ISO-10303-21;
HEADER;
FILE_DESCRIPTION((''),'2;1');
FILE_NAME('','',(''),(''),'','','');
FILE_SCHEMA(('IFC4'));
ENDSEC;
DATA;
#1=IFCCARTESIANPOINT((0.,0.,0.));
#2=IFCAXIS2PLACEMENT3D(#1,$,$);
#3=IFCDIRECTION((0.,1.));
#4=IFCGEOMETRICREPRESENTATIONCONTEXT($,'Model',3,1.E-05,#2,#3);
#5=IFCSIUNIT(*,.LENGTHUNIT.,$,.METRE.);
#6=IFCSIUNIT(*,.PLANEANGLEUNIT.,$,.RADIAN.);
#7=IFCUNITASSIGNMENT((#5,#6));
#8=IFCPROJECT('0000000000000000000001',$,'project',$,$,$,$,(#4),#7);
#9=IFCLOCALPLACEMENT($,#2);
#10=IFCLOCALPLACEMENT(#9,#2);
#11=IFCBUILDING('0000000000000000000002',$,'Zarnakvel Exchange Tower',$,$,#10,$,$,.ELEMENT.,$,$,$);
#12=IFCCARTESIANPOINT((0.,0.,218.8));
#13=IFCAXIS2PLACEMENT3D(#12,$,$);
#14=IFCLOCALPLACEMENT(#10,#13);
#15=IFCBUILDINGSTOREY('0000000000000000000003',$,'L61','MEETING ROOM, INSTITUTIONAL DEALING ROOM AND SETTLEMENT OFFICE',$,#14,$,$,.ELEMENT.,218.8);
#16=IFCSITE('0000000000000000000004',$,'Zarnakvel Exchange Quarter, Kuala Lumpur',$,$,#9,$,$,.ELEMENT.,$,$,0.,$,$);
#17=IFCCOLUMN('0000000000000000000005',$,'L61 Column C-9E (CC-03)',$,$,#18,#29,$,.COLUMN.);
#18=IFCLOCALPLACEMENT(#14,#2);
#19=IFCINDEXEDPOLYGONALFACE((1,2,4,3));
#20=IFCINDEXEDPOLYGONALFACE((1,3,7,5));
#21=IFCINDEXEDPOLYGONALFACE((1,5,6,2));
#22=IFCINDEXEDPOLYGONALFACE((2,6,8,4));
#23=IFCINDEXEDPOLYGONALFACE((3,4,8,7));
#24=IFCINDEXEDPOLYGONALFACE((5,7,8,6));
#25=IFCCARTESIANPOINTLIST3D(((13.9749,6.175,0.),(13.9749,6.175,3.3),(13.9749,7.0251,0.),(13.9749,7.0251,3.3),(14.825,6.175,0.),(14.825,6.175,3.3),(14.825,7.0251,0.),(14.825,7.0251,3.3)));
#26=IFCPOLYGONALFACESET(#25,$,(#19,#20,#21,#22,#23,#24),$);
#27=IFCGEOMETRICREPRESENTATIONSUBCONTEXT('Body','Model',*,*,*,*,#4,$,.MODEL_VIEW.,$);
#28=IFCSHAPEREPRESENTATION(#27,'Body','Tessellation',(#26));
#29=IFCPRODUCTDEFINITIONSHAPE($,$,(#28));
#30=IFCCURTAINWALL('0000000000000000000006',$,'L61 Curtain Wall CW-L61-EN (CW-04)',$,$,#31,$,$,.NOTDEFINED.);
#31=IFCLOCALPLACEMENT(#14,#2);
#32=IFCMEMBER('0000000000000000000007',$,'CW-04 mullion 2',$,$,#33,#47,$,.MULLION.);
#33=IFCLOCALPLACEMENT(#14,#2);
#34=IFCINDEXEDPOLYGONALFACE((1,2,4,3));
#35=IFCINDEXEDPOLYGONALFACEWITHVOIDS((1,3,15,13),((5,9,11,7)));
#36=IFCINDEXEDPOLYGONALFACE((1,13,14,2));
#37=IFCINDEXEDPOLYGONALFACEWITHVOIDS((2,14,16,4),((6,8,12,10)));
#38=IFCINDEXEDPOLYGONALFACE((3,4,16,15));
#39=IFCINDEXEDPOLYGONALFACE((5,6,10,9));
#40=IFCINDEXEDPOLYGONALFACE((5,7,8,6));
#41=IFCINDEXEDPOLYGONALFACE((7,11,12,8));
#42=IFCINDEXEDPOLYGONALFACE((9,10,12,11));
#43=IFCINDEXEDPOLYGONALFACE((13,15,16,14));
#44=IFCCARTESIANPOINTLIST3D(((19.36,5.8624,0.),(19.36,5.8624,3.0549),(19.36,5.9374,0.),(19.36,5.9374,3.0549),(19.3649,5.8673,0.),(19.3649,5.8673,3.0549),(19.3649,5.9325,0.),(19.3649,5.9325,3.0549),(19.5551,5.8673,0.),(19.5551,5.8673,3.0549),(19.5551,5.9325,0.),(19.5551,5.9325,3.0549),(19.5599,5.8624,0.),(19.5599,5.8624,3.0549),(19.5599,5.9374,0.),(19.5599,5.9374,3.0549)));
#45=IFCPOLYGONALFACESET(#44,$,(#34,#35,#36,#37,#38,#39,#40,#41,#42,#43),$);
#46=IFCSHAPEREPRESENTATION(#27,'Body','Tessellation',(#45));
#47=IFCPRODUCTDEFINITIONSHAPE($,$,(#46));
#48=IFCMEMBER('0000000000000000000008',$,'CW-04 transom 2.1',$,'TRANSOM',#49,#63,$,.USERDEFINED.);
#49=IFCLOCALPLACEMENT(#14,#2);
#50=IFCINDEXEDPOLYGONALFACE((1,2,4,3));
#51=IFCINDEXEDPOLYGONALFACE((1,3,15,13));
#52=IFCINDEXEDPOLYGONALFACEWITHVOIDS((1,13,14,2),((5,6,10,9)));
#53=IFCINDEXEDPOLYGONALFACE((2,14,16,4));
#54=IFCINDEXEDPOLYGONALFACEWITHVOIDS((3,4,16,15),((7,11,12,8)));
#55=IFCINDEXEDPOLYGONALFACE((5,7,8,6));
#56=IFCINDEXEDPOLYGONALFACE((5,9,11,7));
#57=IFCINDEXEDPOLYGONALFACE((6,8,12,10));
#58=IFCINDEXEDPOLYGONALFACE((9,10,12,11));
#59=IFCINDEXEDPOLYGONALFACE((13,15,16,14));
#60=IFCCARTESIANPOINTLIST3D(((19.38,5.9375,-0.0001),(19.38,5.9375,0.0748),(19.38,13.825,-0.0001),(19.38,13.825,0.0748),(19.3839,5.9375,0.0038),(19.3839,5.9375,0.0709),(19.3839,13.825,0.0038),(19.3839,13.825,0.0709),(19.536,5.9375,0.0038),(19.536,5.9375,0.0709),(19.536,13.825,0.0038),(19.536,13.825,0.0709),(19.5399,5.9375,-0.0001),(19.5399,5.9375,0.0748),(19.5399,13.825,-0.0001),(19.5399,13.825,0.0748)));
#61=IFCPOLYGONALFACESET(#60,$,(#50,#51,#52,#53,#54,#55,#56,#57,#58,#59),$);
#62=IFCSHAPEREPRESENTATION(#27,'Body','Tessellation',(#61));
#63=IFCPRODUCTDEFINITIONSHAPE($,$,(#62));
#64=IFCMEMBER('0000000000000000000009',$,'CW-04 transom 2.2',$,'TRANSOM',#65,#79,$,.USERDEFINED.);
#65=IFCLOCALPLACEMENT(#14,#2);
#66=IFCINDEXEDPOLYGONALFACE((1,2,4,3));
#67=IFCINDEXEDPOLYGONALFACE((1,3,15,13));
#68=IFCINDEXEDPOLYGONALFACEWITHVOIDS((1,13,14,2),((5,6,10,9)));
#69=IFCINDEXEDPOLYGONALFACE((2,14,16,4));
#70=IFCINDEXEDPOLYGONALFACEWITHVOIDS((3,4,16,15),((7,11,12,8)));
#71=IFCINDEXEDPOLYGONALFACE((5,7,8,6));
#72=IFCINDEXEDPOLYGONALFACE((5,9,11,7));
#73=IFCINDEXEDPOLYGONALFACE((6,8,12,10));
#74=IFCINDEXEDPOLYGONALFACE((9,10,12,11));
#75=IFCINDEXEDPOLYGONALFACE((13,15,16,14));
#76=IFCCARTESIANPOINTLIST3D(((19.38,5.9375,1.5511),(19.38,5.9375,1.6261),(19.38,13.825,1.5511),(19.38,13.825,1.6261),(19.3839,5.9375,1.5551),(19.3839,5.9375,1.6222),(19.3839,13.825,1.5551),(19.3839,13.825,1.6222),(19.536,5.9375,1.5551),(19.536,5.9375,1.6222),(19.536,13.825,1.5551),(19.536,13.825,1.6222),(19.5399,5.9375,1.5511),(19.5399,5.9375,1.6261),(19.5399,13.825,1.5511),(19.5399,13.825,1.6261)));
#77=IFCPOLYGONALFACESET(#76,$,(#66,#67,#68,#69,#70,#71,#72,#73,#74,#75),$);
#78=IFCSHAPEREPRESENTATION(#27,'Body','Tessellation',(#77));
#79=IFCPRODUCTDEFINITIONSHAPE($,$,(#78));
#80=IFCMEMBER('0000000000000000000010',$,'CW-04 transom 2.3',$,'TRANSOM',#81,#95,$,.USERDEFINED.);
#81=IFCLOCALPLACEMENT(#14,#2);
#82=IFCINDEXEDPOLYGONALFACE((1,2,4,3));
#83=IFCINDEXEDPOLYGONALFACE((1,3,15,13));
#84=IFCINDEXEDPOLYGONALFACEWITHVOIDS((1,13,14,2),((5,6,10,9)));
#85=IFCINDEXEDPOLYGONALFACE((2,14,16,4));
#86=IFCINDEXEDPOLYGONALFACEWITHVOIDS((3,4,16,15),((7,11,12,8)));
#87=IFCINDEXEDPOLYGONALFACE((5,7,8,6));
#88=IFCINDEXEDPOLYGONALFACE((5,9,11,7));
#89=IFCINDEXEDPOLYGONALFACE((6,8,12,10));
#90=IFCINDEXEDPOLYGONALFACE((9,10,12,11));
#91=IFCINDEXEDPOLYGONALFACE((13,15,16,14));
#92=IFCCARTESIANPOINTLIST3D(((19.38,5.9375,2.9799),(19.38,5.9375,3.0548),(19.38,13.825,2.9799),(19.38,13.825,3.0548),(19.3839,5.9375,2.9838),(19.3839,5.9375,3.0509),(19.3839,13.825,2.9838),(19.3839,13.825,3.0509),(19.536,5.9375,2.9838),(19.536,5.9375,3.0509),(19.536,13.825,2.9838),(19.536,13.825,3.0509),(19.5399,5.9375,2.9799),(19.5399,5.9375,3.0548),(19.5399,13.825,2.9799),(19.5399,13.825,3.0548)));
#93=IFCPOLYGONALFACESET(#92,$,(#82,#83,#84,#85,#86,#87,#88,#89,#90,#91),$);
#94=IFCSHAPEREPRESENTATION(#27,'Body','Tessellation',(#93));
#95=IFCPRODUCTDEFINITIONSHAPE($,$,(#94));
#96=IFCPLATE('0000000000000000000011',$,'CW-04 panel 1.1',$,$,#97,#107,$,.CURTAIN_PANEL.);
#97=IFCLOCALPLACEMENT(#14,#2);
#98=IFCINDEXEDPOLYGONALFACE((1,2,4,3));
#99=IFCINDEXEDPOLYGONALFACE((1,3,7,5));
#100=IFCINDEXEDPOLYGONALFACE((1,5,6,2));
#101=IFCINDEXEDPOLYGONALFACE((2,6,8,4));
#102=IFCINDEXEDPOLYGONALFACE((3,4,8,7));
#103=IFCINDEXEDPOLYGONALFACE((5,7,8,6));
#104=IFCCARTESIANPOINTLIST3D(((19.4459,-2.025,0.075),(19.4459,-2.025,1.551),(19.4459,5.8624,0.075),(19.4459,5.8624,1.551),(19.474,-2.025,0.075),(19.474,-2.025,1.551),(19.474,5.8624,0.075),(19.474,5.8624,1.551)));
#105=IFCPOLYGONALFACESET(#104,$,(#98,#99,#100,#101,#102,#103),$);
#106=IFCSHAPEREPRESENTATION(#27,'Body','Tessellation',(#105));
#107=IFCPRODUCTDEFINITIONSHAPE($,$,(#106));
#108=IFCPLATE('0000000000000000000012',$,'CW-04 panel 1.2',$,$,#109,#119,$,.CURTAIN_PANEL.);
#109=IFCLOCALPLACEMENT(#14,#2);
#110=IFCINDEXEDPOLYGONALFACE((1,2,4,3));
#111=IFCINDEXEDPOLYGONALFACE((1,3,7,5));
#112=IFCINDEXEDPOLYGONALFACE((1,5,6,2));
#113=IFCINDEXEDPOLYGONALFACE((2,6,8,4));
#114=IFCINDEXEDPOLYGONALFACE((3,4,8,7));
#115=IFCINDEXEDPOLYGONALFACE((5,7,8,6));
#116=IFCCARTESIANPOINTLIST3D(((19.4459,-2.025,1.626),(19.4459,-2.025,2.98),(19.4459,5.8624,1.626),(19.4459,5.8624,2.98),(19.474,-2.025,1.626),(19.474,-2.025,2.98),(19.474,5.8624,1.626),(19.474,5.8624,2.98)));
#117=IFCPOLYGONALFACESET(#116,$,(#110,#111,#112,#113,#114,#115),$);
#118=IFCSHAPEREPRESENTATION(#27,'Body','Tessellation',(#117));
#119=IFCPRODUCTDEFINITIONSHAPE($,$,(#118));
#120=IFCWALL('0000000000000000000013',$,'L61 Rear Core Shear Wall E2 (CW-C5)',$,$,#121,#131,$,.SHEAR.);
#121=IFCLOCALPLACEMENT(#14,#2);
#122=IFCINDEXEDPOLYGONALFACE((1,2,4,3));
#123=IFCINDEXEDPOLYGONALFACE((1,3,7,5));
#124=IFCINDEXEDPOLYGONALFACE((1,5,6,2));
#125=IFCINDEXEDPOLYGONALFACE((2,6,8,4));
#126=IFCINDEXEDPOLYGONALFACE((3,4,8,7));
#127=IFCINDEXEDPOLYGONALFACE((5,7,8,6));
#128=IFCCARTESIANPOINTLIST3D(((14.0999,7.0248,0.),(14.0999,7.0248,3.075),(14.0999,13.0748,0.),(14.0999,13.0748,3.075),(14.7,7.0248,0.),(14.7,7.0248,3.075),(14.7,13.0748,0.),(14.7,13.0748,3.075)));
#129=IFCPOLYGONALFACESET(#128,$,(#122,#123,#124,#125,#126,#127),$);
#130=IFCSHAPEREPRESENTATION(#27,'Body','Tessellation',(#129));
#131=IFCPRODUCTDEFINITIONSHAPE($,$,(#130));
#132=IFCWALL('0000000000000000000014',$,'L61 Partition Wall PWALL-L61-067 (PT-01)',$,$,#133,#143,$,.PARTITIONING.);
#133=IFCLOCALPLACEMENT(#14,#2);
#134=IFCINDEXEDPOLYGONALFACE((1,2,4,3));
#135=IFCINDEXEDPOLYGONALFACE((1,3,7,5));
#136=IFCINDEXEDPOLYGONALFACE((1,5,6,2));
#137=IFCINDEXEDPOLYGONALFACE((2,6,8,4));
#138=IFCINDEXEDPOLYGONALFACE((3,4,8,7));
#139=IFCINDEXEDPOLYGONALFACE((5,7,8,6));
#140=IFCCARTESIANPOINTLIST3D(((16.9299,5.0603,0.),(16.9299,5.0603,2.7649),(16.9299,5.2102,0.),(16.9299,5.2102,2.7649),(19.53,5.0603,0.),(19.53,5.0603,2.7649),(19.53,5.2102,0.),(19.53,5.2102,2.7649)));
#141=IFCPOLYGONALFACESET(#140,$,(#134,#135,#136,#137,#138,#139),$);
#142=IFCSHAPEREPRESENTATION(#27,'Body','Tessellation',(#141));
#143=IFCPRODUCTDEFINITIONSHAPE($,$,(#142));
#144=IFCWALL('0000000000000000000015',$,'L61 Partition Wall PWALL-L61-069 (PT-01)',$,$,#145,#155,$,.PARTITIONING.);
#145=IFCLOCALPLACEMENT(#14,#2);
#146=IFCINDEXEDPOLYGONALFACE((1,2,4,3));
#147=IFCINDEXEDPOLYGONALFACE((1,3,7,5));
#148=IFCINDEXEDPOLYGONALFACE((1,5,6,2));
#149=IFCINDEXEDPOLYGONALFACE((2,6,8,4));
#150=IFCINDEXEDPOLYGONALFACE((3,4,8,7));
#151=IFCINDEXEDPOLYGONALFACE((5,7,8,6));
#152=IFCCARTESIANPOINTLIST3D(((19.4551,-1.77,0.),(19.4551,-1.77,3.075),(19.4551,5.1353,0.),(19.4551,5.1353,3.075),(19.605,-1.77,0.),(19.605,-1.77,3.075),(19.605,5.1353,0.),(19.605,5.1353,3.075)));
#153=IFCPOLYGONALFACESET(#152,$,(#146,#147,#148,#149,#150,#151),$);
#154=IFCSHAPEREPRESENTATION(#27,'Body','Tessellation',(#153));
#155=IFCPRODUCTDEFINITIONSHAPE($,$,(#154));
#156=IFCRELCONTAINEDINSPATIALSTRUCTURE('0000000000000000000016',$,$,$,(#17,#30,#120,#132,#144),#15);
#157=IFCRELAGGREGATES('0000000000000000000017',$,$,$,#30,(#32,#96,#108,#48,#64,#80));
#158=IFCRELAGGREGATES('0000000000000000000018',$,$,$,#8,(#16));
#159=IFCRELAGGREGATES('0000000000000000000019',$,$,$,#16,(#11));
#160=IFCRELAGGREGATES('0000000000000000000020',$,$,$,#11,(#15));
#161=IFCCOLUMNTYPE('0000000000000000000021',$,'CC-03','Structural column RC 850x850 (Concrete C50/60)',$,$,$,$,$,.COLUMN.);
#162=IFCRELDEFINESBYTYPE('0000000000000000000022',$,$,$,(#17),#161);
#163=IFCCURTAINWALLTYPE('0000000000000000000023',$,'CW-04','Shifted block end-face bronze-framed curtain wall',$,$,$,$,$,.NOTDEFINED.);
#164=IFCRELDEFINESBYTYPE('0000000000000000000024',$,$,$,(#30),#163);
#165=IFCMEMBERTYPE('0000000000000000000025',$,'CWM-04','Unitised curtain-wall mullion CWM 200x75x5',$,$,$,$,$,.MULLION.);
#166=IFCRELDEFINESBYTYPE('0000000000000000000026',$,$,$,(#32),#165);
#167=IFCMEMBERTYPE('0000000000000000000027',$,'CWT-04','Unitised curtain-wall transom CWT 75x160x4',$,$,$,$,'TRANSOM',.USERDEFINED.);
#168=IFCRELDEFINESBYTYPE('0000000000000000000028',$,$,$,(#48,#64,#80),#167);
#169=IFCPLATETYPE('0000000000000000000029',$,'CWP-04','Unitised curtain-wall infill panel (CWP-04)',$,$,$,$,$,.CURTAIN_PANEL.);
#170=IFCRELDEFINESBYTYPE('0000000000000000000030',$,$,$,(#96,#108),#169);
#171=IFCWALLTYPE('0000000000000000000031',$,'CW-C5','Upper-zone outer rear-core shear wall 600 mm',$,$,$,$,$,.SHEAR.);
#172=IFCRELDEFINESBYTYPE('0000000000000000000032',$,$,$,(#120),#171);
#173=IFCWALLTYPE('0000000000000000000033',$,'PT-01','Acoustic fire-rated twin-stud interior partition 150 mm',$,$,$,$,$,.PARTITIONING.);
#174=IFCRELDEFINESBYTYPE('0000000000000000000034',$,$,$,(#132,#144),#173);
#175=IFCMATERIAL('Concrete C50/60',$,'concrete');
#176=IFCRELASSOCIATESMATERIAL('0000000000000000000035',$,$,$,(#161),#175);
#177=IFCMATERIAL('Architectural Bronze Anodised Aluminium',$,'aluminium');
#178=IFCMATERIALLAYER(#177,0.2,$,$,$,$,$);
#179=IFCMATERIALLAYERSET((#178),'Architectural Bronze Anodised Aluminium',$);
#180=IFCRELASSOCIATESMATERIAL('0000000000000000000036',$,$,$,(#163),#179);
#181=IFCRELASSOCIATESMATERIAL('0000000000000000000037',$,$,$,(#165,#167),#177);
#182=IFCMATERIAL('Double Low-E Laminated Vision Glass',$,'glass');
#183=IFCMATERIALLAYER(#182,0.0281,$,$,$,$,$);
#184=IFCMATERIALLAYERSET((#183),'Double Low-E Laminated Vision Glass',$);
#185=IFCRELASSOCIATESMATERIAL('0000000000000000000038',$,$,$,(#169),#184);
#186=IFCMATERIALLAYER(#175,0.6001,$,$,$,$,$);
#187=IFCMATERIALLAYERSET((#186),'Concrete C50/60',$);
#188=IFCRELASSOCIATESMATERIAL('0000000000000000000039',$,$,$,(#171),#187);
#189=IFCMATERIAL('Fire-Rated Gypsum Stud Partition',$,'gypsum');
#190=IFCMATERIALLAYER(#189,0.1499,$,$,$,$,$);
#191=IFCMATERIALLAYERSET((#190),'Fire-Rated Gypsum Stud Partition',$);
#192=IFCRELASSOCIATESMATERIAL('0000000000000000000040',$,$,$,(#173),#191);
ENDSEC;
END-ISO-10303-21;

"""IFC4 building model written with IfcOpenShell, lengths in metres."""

from ifc_helpers import new_model, si_unit, direction, frame, frame_2d, origin, origin_2d, place, context, subcontext, project, spatial, rectangle, hollow_rectangle, extrude, source, transform, mapped, material, layer, layer_set, material_profile, profile_set, type_object, element, aggregate, save


model = new_model("IFC4")

# Units and contexts
model_context = context("Model", 3, precision=1e-05, world=origin(), true_north=direction((0.0, 1.0)))
body_context = subcontext(model_context, "Body", "Model", "MODEL_VIEW")
ifc_project = project(units=[si_unit("LENGTHUNIT", "METRE"), si_unit("PLANEANGLEUNIT", "RADIAN")], contexts=[model_context])

# Site, building, storey
site_placement = place(None, origin())
site = spatial("IfcSite", under=ifc_project, at=site_placement, Name="Zarnakvel Exchange Quarter, Kuala Lumpur", CompositionType="ELEMENT", RefElevation=0.0)
building_placement = place(site_placement, origin())
building = spatial("IfcBuilding", under=site, at=building_placement, Name="Zarnakvel Exchange Tower", CompositionType="ELEMENT")
storey_placement = place(building_placement, frame((0.0, 0.0, 218.8)))
storey = spatial("IfcBuildingStorey", under=building, at=storey_placement, Name="L61", Description="MEETING ROOM, INSTITUTIONAL DEALING ROOM AND SETTLEMENT OFFICE", CompositionType="ELEMENT", Elevation=218.8)

# Column
ifc_material_1 = material(Name="Concrete C50/60", Category="concrete")
ifc_material_profile_1 = material_profile(ifc_material_1, rectangle(XDim=0.8501, YDim=0.8501, at=origin_2d()))
ifc_profile_set_1 = profile_set([ifc_material_profile_1], Name="Concrete C50/60")
column_type = type_object("IfcColumnType", Name="CC-03", Description="Structural column RC 850x850 (Concrete C50/60)", PredefinedType="COLUMN", material=ifc_profile_set_1)
column_placement = place(storey_placement, frame((14.3999, 6.6001, 0.0), z_axis=(0.0, 0.0, 1.0), x_axis=(1.0, 0.0, 0.0)))
element("IfcColumn", 1, at=column_placement, inside=storey, type_object=column_type, Name="L61 Column C-9E (CC-03)", PredefinedType="COLUMN", context=body_context, shape_type="SweptSolid", body=[
    extrude(rectangle(XDim=0.8501, YDim=0.8501, at=origin_2d()), origin(), (0.0, 0.0, 1.0), 3.3),
])

# Curtain wall, members, plates
ifc_material_2 = material(Name="Architectural Bronze Anodised Aluminium", Category="aluminium")
ifc_layer_1 = layer(ifc_material_2, 0.2)
ifc_layer_set_1 = layer_set([ifc_layer_1], Name="Architectural Bronze Anodised Aluminium")
curtain_wall_type = type_object("IfcCurtainWallType", Name="CW-04", Description="Shifted block end-face bronze-framed curtain wall", PredefinedType="NOTDEFINED", material=ifc_layer_set_1)
curtain_wall_placement = place(storey_placement, origin())
curtain_wall = element("IfcCurtainWall", 2, at=curtain_wall_placement, inside=storey, type_object=curtain_wall_type, Name="L61 Curtain Wall CW-L61-EN (CW-04)", PredefinedType="NOTDEFINED")
ifc_material_profile_2 = material_profile(ifc_material_2, hollow_rectangle(XDim=0.2, YDim=0.075, WallThickness=0.0049, at=origin_2d()))
ifc_profile_set_2 = profile_set([ifc_material_profile_2], Name="Architectural Bronze Anodised Aluminium")
member_type_1 = type_object("IfcMemberType", Name="CWM-04", Description="Unitised curtain-wall mullion CWM 200x75x5", PredefinedType="MULLION", material=ifc_profile_set_2)
shared_shape_1 = source(origin(), body_context, "Body", "SweptSolid", [
    extrude(hollow_rectangle(XDim=0.2, YDim=0.075, WallThickness=0.0049, at=origin_2d()), origin(), (0.0, 0.0, 1.0), 3.0549),
])
member_1_placement = place(storey_placement, frame((19.46, 5.8999, 0.0), z_axis=(0.0, 0.0, 1.0), x_axis=(-1.0, 0.0, 0.0)))
member_1 = element("IfcMember", 3, at=member_1_placement, type_object=member_type_1, Name="CW-04 mullion 2", PredefinedType="MULLION", context=body_context, shape_type="MappedRepresentation", body=[
    mapped(shared_shape_1, transform((0.0, 0.0, 0.0), x_axis=(1.0, 0.0, 0.0), y_axis=(0.0, 1.0, 0.0), z_axis=(0.0, 0.0, 1.0), scale=1.0)),
])
ifc_material_profile_3 = material_profile(ifc_material_2, hollow_rectangle(XDim=0.1599, YDim=0.075, WallThickness=0.0039, at=origin_2d()))
ifc_profile_set_3 = profile_set([ifc_material_profile_3], Name="Architectural Bronze Anodised Aluminium")
member_type_2 = type_object("IfcMemberType", Name="CWT-04", Description="Unitised curtain-wall transom CWT 75x160x4", ElementType="TRANSOM", PredefinedType="USERDEFINED", material=ifc_profile_set_3)
shared_shape_2 = source(origin(), body_context, "Body", "SweptSolid", [
    extrude(hollow_rectangle(XDim=0.1599, YDim=0.075, WallThickness=0.0039, at=origin_2d()), origin(), (0.0, 0.0, 1.0), 7.8875),
])
member_2_placement = place(storey_placement, frame((19.46, 5.9375, 0.0374), z_axis=(0.0, 1.0, 0.0), x_axis=(-1.0, 0.0, 0.0)))
member_2 = element("IfcMember", 4, at=member_2_placement, type_object=member_type_2, Name="CW-04 transom 2.1", ObjectType="TRANSOM", PredefinedType="USERDEFINED", context=body_context, shape_type="MappedRepresentation", body=[
    mapped(shared_shape_2, transform((0.0, 0.0, 0.0), x_axis=(1.0, 0.0, 0.0), y_axis=(0.0, 1.0, 0.0), z_axis=(0.0, 0.0, 1.0), scale=1.0)),
])
member_3_placement = place(storey_placement, frame((19.46, 5.9375, 1.5886), z_axis=(0.0, 1.0, 0.0), x_axis=(-1.0, 0.0, 0.0)))
member_3 = element("IfcMember", 5, at=member_3_placement, type_object=member_type_2, Name="CW-04 transom 2.2", ObjectType="TRANSOM", PredefinedType="USERDEFINED", context=body_context, shape_type="MappedRepresentation", body=[
    mapped(shared_shape_2, transform((0.0, 0.0, 0.0), x_axis=(1.0, 0.0, 0.0), y_axis=(0.0, 1.0, 0.0), z_axis=(0.0, 0.0, 1.0), scale=1.0)),
])
member_4_placement = place(storey_placement, frame((19.46, 5.9375, 3.0173), z_axis=(0.0, 1.0, 0.0), x_axis=(-1.0, 0.0, 0.0)))
member_4 = element("IfcMember", 6, at=member_4_placement, type_object=member_type_2, Name="CW-04 transom 2.3", ObjectType="TRANSOM", PredefinedType="USERDEFINED", context=body_context, shape_type="MappedRepresentation", body=[
    mapped(shared_shape_2, transform((0.0, 0.0, 0.0), x_axis=(1.0, 0.0, 0.0), y_axis=(0.0, 1.0, 0.0), z_axis=(0.0, 0.0, 1.0), scale=1.0)),
])
ifc_material_3 = material(Name="Double Low-E Laminated Vision Glass", Category="glass")
ifc_layer_2 = layer(ifc_material_3, 0.0281)
ifc_layer_set_2 = layer_set([ifc_layer_2], Name="Double Low-E Laminated Vision Glass")
plate_type = type_object("IfcPlateType", Name="CWP-04", Description="Unitised curtain-wall infill panel (CWP-04)", PredefinedType="CURTAIN_PANEL", material=ifc_layer_set_2)
shared_shape_3 = source(origin(), body_context, "Body", "SweptSolid", [
    extrude(rectangle(XDim=7.8875, YDim=0.0281, at=origin_2d()), origin(), (0.0, 0.0, 1.0), 1.4761),
])
plate_1_placement = place(storey_placement, frame((19.46, 1.9187, 0.075), z_axis=(0.0, 0.0, 1.0), x_axis=(0.0, 1.0, 0.0)))
plate_1 = element("IfcPlate", 7, at=plate_1_placement, type_object=plate_type, Name="CW-04 panel 1.1", PredefinedType="CURTAIN_PANEL", context=body_context, shape_type="MappedRepresentation", body=[
    mapped(shared_shape_3, transform((0.0, 0.0, 0.0), x_axis=(1.0, 0.0, 0.0), y_axis=(0.0, 1.0, 0.0), z_axis=(0.0, 0.0, 1.0), scale=1.0)),
])
shared_shape_4 = source(origin(), body_context, "Body", "SweptSolid", [
    extrude(rectangle(XDim=7.8875, YDim=0.0281, at=origin_2d()), origin(), (0.0, 0.0, 1.0), 1.354),
])
plate_2_placement = place(storey_placement, frame((19.46, 1.9187, 1.626), z_axis=(0.0, 0.0, 1.0), x_axis=(0.0, 1.0, 0.0)))
plate_2 = element("IfcPlate", 8, at=plate_2_placement, type_object=plate_type, Name="CW-04 panel 1.2", PredefinedType="CURTAIN_PANEL", context=body_context, shape_type="MappedRepresentation", body=[
    mapped(shared_shape_4, transform((0.0, 0.0, 0.0), x_axis=(1.0, 0.0, 0.0), y_axis=(0.0, 1.0, 0.0), z_axis=(0.0, 0.0, 1.0), scale=1.0)),
])
aggregate(curtain_wall, [member_1, plate_1, plate_2, member_2, member_3, member_4])

# Walls
ifc_layer_3 = layer(ifc_material_1, 0.6001)
ifc_layer_set_3 = layer_set([ifc_layer_3], Name="Concrete C50/60")
wall_type_1 = type_object("IfcWallType", Name="CW-C5", Description="Upper-zone outer rear-core shear wall 600 mm", PredefinedType="SHEAR", material=ifc_layer_set_3)
wall_1_placement = place(storey_placement, frame((14.3999, 7.0249, 0.0), z_axis=(0.0, 0.0, 1.0), x_axis=(0.0, 1.0, 0.0)))
element("IfcWall", 9, at=wall_1_placement, inside=storey, type_object=wall_type_1, Name="L61 Rear Core Shear Wall E2 (CW-C5)", PredefinedType="SHEAR", context=body_context, shape_type="SweptSolid", body=[
    extrude(rectangle(XDim=6.05, YDim=0.6001, at=frame_2d((3.0249, 0.0))), origin(), (0.0, 0.0, 1.0), 3.075),
])
ifc_material_4 = material(Name="Fire-Rated Gypsum Stud Partition", Category="gypsum")
ifc_layer_4 = layer(ifc_material_4, 0.1499)
ifc_layer_set_4 = layer_set([ifc_layer_4], Name="Fire-Rated Gypsum Stud Partition")
wall_type_2 = type_object("IfcWallType", Name="PT-01", Description="Acoustic fire-rated twin-stud interior partition 150 mm", PredefinedType="PARTITIONING", material=ifc_layer_set_4)
wall_2_placement = place(storey_placement, frame((16.9299, 5.1353, 0.0), z_axis=(0.0, 0.0, 1.0), x_axis=(1.0, 0.0, 0.0)))
element("IfcWall", 10, at=wall_2_placement, inside=storey, type_object=wall_type_2, Name="L61 Partition Wall PWALL-L61-067 (PT-01)", PredefinedType="PARTITIONING", context=body_context, shape_type="SweptSolid", body=[
    extrude(rectangle(XDim=2.6001, YDim=0.1499, at=frame_2d((1.3, 0.0))), origin(), (0.0, 0.0, 1.0), 2.7649),
])
wall_3_placement = place(storey_placement, frame((19.53, 5.1353, 0.0), z_axis=(0.0, 0.0, 1.0), x_axis=(0.0, -1.0, 0.0)))
element("IfcWall", 11, at=wall_3_placement, inside=storey, type_object=wall_type_2, Name="L61 Partition Wall PWALL-L61-069 (PT-01)", PredefinedType="PARTITIONING", context=body_context, shape_type="SweptSolid", body=[
    extrude(rectangle(XDim=6.9053, YDim=0.1499, at=frame_2d((3.4526, 0.0))), origin(), (0.0, 0.0, 1.0), 3.075),
])

save(model, "model.ifc")
